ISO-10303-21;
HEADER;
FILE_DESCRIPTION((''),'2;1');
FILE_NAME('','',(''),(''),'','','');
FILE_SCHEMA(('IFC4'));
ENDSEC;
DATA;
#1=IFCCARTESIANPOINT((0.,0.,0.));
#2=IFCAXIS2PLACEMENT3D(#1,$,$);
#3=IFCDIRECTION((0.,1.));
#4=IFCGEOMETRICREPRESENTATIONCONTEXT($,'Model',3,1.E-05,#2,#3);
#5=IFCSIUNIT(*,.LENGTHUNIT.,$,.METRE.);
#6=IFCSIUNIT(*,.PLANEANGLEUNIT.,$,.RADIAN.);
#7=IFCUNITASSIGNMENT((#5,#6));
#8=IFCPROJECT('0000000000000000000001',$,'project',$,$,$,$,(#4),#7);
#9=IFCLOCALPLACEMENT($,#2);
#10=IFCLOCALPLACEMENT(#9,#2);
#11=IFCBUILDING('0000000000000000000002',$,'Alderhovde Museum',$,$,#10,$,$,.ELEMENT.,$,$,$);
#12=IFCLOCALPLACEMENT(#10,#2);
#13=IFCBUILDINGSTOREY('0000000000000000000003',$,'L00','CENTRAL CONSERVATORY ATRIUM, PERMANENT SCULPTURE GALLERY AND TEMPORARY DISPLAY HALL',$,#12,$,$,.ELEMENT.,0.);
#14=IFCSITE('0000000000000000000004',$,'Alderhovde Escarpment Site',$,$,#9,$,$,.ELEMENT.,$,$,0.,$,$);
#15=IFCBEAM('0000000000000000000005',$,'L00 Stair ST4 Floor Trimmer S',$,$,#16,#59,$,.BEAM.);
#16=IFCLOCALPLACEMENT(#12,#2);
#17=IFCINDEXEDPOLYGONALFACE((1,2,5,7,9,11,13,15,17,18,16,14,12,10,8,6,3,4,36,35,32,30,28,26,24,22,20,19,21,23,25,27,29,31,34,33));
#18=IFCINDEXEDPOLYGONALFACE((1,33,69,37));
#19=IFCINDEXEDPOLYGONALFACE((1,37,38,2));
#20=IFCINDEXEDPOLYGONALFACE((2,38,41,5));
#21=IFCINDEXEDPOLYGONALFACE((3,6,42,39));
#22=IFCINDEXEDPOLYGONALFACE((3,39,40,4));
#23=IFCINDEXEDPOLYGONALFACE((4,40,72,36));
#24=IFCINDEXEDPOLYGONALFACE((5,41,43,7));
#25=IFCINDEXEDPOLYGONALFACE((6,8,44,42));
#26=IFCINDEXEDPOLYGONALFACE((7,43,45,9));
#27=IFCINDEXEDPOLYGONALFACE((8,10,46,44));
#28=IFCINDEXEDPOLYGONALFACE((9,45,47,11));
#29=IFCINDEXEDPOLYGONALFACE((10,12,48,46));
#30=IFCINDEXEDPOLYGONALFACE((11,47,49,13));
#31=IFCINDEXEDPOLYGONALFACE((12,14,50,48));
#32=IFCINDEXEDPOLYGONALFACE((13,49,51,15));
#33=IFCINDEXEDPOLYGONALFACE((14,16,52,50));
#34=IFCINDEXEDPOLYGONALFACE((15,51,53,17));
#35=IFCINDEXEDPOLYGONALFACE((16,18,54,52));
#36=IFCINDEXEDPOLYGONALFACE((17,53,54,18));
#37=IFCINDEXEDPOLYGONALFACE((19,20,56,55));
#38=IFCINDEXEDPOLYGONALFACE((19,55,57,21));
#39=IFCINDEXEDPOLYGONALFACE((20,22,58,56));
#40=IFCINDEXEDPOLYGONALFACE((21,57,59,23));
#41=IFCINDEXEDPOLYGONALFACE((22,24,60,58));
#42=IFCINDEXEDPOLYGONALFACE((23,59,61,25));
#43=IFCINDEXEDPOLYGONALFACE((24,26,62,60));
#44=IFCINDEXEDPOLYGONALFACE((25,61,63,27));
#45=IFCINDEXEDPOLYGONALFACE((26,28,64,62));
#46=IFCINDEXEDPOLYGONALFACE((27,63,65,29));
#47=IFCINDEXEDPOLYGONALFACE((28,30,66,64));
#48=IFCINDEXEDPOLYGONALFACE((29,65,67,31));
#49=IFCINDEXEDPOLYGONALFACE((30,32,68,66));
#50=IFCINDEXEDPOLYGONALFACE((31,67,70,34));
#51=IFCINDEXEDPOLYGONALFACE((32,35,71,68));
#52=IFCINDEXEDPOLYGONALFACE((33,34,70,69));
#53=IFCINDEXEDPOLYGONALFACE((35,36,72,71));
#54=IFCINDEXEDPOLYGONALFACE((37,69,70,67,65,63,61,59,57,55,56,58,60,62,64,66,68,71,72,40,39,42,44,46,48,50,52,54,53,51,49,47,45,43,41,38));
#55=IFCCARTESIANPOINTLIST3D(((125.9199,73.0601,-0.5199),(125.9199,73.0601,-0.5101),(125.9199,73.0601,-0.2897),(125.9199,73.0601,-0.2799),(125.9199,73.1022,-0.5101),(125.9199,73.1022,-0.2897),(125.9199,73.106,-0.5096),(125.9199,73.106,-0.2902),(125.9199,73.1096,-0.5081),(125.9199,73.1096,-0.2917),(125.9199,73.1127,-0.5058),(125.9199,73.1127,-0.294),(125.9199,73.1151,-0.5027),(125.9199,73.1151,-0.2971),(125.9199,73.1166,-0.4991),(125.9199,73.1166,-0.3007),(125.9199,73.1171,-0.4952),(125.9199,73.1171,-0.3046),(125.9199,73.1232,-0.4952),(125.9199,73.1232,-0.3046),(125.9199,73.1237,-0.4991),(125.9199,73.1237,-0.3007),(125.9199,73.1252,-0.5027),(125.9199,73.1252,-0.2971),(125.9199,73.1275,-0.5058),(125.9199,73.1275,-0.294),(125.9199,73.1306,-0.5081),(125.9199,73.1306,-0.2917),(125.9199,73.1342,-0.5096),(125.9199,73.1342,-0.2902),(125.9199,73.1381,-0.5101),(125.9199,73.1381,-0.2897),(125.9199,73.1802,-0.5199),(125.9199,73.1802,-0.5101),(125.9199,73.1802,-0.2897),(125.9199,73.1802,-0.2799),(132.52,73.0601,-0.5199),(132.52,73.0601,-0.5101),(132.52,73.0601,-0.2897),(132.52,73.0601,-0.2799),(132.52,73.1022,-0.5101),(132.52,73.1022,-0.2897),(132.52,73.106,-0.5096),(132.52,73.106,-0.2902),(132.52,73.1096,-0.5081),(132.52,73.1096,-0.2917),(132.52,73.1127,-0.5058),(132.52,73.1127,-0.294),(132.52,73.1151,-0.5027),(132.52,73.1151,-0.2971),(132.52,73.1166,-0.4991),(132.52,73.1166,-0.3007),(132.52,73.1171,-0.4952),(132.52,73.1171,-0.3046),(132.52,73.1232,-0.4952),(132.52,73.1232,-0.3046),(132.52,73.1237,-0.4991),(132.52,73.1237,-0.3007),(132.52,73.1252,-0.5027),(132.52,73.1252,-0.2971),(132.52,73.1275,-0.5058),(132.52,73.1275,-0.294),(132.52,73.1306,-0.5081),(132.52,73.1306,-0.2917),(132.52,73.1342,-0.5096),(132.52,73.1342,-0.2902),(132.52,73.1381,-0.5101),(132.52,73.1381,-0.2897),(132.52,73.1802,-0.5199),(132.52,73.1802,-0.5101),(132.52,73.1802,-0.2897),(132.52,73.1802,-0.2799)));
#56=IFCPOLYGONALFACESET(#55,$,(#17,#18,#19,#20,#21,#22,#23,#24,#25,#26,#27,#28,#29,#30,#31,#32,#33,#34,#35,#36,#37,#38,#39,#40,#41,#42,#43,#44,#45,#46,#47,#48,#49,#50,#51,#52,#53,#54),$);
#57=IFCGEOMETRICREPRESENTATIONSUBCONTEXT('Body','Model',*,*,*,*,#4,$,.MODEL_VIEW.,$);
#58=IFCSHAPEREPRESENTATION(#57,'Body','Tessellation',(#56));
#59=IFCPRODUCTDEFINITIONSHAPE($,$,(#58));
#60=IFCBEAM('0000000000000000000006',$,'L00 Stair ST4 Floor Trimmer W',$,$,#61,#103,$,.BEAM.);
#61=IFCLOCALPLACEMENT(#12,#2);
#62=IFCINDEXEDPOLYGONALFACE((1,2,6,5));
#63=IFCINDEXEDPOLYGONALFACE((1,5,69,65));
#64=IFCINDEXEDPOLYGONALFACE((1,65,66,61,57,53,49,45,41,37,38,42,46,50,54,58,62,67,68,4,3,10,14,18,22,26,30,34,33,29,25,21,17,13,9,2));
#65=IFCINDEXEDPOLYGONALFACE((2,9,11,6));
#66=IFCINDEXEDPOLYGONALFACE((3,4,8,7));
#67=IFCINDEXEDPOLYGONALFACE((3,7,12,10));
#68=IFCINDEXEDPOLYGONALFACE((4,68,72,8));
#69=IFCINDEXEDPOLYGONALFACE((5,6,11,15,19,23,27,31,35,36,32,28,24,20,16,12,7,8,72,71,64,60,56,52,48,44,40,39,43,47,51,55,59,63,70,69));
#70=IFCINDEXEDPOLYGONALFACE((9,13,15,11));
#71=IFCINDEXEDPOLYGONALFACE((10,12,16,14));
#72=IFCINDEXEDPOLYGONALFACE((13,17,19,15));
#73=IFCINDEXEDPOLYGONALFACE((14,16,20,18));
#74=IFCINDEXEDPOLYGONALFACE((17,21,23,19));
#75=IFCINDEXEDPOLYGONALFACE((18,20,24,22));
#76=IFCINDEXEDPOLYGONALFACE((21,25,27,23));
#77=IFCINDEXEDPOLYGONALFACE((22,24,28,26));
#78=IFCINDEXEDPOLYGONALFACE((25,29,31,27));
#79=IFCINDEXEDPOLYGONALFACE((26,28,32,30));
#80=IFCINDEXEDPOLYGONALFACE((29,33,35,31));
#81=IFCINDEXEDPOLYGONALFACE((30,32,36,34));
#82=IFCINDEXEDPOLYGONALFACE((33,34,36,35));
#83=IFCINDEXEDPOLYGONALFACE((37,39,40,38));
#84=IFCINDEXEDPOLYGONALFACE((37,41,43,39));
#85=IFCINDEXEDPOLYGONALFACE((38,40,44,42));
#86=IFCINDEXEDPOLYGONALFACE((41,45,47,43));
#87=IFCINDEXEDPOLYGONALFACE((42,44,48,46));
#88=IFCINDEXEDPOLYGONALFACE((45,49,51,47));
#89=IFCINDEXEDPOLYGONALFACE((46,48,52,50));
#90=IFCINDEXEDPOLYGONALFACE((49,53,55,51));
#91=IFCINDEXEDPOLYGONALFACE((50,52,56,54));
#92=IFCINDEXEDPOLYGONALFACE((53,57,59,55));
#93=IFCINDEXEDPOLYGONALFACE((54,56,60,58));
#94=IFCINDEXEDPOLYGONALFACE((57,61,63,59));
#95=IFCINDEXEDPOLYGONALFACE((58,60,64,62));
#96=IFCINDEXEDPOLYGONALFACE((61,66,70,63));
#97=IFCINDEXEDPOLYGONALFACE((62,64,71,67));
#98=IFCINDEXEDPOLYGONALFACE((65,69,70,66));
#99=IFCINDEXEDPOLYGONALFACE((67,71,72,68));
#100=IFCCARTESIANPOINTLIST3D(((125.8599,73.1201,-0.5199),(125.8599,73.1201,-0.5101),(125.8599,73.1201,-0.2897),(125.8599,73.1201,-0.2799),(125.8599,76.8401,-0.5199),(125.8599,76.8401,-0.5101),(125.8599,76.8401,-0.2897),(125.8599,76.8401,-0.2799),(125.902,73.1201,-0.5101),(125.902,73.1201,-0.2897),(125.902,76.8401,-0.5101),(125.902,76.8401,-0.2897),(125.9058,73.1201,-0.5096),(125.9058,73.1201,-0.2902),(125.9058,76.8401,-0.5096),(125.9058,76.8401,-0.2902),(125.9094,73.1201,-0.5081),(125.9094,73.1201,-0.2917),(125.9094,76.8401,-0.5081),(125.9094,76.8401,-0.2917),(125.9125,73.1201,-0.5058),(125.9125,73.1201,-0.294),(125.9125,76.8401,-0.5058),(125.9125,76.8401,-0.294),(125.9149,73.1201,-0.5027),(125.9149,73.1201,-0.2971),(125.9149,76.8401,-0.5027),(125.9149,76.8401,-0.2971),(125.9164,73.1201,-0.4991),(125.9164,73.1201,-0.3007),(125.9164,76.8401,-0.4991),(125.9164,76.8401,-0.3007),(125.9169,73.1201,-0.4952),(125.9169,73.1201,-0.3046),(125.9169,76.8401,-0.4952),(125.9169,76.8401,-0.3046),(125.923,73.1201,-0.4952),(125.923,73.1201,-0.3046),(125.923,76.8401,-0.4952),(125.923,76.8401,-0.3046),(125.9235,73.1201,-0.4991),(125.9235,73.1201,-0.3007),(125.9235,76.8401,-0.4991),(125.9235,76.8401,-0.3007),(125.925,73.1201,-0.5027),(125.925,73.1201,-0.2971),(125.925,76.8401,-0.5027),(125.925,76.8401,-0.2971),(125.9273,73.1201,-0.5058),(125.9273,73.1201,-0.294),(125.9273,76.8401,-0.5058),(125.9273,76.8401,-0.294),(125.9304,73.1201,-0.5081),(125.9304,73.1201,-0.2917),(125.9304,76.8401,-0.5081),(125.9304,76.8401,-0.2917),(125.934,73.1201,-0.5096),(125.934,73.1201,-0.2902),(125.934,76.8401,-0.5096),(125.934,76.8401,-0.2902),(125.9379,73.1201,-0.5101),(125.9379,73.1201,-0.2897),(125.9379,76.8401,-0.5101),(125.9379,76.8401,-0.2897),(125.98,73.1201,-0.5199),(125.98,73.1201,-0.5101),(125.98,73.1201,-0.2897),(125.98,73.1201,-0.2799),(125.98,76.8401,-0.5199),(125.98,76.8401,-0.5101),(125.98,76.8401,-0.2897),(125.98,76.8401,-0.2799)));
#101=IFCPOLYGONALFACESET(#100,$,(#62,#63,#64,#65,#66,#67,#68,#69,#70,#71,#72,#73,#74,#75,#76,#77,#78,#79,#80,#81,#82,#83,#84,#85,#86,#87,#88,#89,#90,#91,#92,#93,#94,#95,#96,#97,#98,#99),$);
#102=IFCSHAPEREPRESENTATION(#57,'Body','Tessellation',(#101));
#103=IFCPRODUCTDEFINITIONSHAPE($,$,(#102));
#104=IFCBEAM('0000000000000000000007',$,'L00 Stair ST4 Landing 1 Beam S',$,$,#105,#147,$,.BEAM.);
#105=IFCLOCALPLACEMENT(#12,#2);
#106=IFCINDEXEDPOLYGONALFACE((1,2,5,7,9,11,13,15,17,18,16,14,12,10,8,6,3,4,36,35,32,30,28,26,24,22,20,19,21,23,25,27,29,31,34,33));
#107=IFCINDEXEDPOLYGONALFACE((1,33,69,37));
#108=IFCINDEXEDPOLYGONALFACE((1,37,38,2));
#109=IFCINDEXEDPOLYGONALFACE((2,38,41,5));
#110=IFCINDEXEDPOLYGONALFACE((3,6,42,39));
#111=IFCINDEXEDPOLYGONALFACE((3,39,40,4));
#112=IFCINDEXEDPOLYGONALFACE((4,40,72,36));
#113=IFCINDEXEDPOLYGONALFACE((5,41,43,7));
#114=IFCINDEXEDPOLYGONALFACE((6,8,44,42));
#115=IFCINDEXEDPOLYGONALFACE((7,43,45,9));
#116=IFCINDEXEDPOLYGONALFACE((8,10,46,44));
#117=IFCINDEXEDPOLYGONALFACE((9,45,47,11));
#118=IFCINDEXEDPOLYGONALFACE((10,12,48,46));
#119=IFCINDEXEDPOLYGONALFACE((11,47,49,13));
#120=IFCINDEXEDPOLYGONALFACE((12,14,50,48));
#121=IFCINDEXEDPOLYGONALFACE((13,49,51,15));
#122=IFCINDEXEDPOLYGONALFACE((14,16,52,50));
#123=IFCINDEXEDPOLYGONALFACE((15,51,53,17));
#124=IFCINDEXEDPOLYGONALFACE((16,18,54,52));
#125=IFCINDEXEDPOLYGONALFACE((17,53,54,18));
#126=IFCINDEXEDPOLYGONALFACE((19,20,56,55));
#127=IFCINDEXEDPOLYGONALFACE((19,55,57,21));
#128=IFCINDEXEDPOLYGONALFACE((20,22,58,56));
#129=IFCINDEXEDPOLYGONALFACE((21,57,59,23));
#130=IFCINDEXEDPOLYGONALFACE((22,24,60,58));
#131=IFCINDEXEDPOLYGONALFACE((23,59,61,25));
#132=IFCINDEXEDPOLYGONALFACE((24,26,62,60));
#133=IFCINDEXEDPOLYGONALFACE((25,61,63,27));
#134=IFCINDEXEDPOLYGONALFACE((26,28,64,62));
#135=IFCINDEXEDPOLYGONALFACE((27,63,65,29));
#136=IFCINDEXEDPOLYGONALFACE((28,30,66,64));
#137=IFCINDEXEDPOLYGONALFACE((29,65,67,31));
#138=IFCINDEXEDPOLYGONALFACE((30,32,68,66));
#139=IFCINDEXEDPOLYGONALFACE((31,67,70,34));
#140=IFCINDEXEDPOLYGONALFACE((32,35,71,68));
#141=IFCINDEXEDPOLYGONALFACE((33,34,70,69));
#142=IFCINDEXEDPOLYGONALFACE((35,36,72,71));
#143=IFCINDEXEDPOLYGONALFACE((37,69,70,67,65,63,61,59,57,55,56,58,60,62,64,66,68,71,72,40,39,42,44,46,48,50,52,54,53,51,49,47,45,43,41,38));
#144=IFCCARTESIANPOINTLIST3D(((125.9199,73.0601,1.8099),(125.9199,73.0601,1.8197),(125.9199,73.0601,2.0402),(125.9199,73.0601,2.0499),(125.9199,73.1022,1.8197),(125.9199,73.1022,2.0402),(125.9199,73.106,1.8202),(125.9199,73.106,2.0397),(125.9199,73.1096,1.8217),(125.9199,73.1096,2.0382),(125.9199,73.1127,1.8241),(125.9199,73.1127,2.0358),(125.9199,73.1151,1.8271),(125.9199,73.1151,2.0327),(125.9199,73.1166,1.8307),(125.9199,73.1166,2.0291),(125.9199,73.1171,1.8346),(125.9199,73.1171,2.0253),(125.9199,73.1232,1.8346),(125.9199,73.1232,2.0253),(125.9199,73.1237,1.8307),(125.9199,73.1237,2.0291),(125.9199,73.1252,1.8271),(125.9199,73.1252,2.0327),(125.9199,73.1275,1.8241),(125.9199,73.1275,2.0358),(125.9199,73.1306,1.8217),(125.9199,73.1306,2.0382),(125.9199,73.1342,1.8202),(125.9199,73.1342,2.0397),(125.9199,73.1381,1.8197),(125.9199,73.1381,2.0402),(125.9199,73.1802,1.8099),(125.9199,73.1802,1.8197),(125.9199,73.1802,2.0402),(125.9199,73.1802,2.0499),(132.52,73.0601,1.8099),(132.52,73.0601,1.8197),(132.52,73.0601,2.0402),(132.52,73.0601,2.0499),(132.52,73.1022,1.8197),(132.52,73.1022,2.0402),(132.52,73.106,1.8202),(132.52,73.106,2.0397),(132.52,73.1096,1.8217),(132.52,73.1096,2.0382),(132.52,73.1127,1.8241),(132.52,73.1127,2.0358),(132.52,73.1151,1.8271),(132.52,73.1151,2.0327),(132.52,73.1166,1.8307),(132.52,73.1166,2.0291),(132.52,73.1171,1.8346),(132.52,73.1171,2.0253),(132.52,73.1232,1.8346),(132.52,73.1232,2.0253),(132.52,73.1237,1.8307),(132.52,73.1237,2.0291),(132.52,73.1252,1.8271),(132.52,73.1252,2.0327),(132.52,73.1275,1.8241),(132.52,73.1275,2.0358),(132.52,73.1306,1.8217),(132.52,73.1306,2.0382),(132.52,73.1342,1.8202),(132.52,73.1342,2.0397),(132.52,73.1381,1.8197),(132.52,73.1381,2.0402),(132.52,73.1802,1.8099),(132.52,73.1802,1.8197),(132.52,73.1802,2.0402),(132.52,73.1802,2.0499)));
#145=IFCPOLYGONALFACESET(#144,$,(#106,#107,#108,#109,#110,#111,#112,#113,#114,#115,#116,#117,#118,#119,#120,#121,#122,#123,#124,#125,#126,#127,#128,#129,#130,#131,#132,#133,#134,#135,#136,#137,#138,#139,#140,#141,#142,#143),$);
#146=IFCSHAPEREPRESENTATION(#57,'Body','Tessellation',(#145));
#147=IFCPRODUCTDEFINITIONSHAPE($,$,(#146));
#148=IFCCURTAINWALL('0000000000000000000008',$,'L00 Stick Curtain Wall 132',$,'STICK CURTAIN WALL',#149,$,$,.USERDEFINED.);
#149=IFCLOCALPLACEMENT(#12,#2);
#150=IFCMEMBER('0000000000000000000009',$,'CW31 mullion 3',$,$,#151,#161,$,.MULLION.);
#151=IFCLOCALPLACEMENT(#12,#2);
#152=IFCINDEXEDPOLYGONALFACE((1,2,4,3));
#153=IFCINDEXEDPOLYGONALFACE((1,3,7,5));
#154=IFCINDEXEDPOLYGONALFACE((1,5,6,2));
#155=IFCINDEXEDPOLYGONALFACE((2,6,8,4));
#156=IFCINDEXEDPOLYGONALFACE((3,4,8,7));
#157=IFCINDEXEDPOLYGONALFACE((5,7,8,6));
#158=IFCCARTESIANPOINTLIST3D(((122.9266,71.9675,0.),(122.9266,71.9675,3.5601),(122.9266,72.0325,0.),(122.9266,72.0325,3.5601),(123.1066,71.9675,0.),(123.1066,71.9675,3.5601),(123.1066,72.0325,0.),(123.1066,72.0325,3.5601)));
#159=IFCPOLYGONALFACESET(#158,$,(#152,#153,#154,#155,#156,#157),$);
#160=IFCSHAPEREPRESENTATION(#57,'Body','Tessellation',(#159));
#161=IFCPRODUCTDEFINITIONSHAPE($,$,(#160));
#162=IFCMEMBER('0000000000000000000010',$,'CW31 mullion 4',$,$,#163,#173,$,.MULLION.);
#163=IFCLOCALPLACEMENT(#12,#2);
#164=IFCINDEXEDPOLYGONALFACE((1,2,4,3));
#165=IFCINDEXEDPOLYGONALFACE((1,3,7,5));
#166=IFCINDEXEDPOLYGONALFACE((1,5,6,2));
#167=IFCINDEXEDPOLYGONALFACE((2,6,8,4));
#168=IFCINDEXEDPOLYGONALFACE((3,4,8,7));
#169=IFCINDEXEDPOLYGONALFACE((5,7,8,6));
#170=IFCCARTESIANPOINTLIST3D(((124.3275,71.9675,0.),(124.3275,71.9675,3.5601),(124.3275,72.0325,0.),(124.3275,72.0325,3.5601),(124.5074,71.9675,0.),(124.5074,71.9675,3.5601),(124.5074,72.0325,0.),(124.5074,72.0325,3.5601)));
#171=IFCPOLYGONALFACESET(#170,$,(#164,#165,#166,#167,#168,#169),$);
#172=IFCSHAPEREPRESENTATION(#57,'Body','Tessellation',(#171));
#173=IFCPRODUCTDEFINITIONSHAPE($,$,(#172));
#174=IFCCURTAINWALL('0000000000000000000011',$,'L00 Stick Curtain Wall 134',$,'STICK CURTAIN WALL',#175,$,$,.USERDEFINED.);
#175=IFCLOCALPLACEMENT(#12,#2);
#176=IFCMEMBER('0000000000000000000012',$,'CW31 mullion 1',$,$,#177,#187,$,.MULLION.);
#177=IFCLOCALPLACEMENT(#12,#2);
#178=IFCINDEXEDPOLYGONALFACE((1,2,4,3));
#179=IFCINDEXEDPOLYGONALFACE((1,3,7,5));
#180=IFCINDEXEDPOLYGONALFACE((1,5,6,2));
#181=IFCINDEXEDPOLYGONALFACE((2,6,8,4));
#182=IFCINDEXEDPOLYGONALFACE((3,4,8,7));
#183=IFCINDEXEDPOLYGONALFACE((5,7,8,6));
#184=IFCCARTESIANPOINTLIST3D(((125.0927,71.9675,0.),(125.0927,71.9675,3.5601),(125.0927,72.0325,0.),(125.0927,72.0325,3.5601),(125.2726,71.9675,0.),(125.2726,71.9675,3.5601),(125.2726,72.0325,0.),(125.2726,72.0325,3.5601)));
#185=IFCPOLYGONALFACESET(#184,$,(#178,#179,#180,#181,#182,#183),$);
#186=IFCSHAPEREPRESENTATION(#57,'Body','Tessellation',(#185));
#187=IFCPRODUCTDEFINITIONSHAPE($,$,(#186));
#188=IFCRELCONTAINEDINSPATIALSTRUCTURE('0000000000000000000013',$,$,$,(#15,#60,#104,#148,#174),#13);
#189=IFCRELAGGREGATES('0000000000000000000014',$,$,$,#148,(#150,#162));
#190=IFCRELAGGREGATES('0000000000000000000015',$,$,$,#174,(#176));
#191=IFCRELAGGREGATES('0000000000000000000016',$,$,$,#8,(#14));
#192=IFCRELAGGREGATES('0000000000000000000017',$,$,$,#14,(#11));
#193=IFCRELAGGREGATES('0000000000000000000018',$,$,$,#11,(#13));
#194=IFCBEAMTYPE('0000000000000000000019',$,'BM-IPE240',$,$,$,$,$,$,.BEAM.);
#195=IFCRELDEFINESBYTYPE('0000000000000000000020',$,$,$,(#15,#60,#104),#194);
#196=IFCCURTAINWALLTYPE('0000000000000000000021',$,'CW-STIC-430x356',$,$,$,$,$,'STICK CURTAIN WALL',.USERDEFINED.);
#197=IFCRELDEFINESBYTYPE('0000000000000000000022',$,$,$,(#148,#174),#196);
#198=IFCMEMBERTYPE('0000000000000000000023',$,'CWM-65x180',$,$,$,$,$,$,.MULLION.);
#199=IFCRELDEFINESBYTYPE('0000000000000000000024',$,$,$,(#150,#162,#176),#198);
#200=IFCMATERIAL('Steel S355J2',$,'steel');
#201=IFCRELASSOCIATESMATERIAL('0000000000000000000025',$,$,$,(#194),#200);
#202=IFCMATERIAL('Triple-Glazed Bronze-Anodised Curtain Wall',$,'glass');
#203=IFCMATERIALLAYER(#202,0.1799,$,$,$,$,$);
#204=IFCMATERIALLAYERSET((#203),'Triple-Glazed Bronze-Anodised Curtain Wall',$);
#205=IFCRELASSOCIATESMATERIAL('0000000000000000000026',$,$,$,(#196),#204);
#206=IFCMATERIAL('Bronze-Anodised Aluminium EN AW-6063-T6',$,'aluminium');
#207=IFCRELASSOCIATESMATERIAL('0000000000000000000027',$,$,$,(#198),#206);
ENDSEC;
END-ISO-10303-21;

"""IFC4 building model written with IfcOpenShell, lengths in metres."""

from ifc_helpers import new_model, si_unit, direction, frame, origin, origin_2d, place, context, subcontext, project, spatial, rectangle, i_section, extrude, material, layer, layer_set, material_profile, profile_set, type_object, element, aggregate, save


model = new_model("IFC4")

# Units and contexts
model_context = context("Model", 3, precision=1e-05, world=origin(), true_north=direction((0.0, 1.0)))
body_context = subcontext(model_context, "Body", "Model", "MODEL_VIEW")
ifc_project = project(units=[si_unit("LENGTHUNIT", "METRE"), si_unit("PLANEANGLEUNIT", "RADIAN")], contexts=[model_context])

# Site, building, storey
site_placement = place(None, origin())
site = spatial("IfcSite", under=ifc_project, at=site_placement, Name="Alderhovde Escarpment Site", CompositionType="ELEMENT", RefElevation=0.0)
building_placement = place(site_placement, origin())
building = spatial("IfcBuilding", under=site, at=building_placement, Name="Alderhovde Museum", CompositionType="ELEMENT")
storey_placement = place(building_placement, origin())
storey = spatial("IfcBuildingStorey", under=building, at=storey_placement, Name="L00", Description="CENTRAL CONSERVATORY ATRIUM, PERMANENT SCULPTURE GALLERY AND TEMPORARY DISPLAY HALL", CompositionType="ELEMENT", Elevation=0.0)

# Beams
ifc_material_1 = material(Name="Steel S355J2", Category="steel")
ifc_material_profile_1 = material_profile(ifc_material_1, i_section(OverallWidth=0.1201, OverallDepth=0.24, WebThickness=0.0061, FlangeThickness=0.0098, FilletRadius=0.0149, at=origin_2d()), Name="IPE 240")
ifc_profile_set_1 = profile_set([ifc_material_profile_1], Name="Steel S355J2")
beam_type_1 = type_object("IfcBeamType", Name="BM-IPE240", PredefinedType="BEAM", material=ifc_profile_set_1)
beam_1_placement = place(storey_placement, frame((125.9199, 73.1201, -0.3999), z_axis=(1.0, 0.0, 0.0), x_axis=(0.0, 1.0, 0.0)))
element("IfcBeam", 1, at=beam_1_placement, inside=storey, type_object=beam_type_1, Name="L00 Stair ST4 Floor Trimmer S", PredefinedType="BEAM", context=body_context, shape_type="SweptSolid", body=[
    extrude(i_section(OverallWidth=0.1201, OverallDepth=0.24, WebThickness=0.0061, FlangeThickness=0.0098, FilletRadius=0.0149, at=origin_2d()), origin(), (0.0, 0.0, 1.0), 6.6001),
])
beam_2_placement = place(storey_placement, frame((125.9199, 73.1201, -0.3999), z_axis=(0.0, 1.0, 0.0), x_axis=(-1.0, 0.0, 0.0)))
element("IfcBeam", 2, at=beam_2_placement, inside=storey, type_object=beam_type_1, Name="L00 Stair ST4 Floor Trimmer W", PredefinedType="BEAM", context=body_context, shape_type="SweptSolid", body=[
    extrude(i_section(OverallWidth=0.1201, OverallDepth=0.24, WebThickness=0.0061, FlangeThickness=0.0098, FilletRadius=0.0149, at=origin_2d()), origin(), (0.0, 0.0, 1.0), 3.72),
])
beam_3_placement = place(storey_placement, frame((125.9199, 73.1201, 1.9299), z_axis=(1.0, 0.0, 0.0), x_axis=(0.0, 1.0, 0.0)))
element("IfcBeam", 3, at=beam_3_placement, inside=storey, type_object=beam_type_1, Name="L00 Stair ST4 Landing 1 Beam S", PredefinedType="BEAM", context=body_context, shape_type="SweptSolid", body=[
    extrude(i_section(OverallWidth=0.1201, OverallDepth=0.24, WebThickness=0.0061, FlangeThickness=0.0098, FilletRadius=0.0149, at=origin_2d()), origin(), (0.0, 0.0, 1.0), 6.6001),
])

# Curtain wall, members
ifc_material_2 = material(Name="Triple-Glazed Bronze-Anodised Curtain Wall", Category="glass")
ifc_layer_1 = layer(ifc_material_2, 0.1799)
ifc_layer_set_1 = layer_set([ifc_layer_1], Name="Triple-Glazed Bronze-Anodised Curtain Wall")
curtain_wall_type = type_object("IfcCurtainWallType", Name="CW-STIC-430x356", ElementType="STICK CURTAIN WALL", PredefinedType="USERDEFINED", material=ifc_layer_set_1)
curtain_wall_1_placement = place(storey_placement, origin())
curtain_wall_1 = element("IfcCurtainWall", 4, at=curtain_wall_1_placement, inside=storey, type_object=curtain_wall_type, Name="L00 Stick Curtain Wall 132", ObjectType="STICK CURTAIN WALL", PredefinedType="USERDEFINED")
ifc_material_3 = material(Name="Bronze-Anodised Aluminium EN AW-6063-T6", Category="aluminium")
ifc_material_profile_2 = material_profile(ifc_material_3, rectangle(XDim=0.0649, YDim=0.1799, at=origin_2d()), Name="MULLION 65x180")
ifc_profile_set_2 = profile_set([ifc_material_profile_2], Name="Bronze-Anodised Aluminium EN AW-6063-T6")
member_type_1 = type_object("IfcMemberType", Name="CWM-65x180", PredefinedType="MULLION", material=ifc_profile_set_2)
member_1_placement = place(storey_placement, frame((123.0166, 72.0, 0.0), z_axis=(0.0, 0.0, 1.0), x_axis=(0.0, 1.0, 0.0)))
member_1 = element("IfcMember", 5, at=member_1_placement, type_object=member_type_1, Name="CW31 mullion 3", PredefinedType="MULLION", context=body_context, shape_type="SweptSolid", body=[
    extrude(rectangle(XDim=0.0649, YDim=0.1799, at=origin_2d()), origin(), (0.0, 0.0, 1.0), 3.5601),
])
member_2_placement = place(storey_placement, frame((124.4175, 72.0, 0.0), z_axis=(0.0, 0.0, 1.0), x_axis=(0.0, 1.0, 0.0)))
member_2 = element("IfcMember", 6, at=member_2_placement, type_object=member_type_1, Name="CW31 mullion 4", PredefinedType="MULLION", context=body_context, shape_type="SweptSolid", body=[
    extrude(rectangle(XDim=0.0649, YDim=0.1799, at=origin_2d()), origin(), (0.0, 0.0, 1.0), 3.5601),
])

# Curtain wall, member
curtain_wall_2_placement = place(storey_placement, origin())
curtain_wall_2 = element("IfcCurtainWall", 7, at=curtain_wall_2_placement, inside=storey, type_object=curtain_wall_type, Name="L00 Stick Curtain Wall 134", ObjectType="STICK CURTAIN WALL", PredefinedType="USERDEFINED")
member_3_placement = place(storey_placement, frame((125.1826, 72.0, 0.0), z_axis=(0.0, 0.0, 1.0), x_axis=(0.0, 1.0, 0.0)))
member_3 = element("IfcMember", 8, at=member_3_placement, type_object=member_type_1, Name="CW31 mullion 1", PredefinedType="MULLION", context=body_context, shape_type="SweptSolid", body=[
    extrude(rectangle(XDim=0.0649, YDim=0.1799, at=origin_2d()), origin(), (0.0, 0.0, 1.0), 3.5601),
])

aggregate(curtain_wall_1, [member_1, member_2])
aggregate(curtain_wall_2, [member_3])

save(model, "model.ifc")
